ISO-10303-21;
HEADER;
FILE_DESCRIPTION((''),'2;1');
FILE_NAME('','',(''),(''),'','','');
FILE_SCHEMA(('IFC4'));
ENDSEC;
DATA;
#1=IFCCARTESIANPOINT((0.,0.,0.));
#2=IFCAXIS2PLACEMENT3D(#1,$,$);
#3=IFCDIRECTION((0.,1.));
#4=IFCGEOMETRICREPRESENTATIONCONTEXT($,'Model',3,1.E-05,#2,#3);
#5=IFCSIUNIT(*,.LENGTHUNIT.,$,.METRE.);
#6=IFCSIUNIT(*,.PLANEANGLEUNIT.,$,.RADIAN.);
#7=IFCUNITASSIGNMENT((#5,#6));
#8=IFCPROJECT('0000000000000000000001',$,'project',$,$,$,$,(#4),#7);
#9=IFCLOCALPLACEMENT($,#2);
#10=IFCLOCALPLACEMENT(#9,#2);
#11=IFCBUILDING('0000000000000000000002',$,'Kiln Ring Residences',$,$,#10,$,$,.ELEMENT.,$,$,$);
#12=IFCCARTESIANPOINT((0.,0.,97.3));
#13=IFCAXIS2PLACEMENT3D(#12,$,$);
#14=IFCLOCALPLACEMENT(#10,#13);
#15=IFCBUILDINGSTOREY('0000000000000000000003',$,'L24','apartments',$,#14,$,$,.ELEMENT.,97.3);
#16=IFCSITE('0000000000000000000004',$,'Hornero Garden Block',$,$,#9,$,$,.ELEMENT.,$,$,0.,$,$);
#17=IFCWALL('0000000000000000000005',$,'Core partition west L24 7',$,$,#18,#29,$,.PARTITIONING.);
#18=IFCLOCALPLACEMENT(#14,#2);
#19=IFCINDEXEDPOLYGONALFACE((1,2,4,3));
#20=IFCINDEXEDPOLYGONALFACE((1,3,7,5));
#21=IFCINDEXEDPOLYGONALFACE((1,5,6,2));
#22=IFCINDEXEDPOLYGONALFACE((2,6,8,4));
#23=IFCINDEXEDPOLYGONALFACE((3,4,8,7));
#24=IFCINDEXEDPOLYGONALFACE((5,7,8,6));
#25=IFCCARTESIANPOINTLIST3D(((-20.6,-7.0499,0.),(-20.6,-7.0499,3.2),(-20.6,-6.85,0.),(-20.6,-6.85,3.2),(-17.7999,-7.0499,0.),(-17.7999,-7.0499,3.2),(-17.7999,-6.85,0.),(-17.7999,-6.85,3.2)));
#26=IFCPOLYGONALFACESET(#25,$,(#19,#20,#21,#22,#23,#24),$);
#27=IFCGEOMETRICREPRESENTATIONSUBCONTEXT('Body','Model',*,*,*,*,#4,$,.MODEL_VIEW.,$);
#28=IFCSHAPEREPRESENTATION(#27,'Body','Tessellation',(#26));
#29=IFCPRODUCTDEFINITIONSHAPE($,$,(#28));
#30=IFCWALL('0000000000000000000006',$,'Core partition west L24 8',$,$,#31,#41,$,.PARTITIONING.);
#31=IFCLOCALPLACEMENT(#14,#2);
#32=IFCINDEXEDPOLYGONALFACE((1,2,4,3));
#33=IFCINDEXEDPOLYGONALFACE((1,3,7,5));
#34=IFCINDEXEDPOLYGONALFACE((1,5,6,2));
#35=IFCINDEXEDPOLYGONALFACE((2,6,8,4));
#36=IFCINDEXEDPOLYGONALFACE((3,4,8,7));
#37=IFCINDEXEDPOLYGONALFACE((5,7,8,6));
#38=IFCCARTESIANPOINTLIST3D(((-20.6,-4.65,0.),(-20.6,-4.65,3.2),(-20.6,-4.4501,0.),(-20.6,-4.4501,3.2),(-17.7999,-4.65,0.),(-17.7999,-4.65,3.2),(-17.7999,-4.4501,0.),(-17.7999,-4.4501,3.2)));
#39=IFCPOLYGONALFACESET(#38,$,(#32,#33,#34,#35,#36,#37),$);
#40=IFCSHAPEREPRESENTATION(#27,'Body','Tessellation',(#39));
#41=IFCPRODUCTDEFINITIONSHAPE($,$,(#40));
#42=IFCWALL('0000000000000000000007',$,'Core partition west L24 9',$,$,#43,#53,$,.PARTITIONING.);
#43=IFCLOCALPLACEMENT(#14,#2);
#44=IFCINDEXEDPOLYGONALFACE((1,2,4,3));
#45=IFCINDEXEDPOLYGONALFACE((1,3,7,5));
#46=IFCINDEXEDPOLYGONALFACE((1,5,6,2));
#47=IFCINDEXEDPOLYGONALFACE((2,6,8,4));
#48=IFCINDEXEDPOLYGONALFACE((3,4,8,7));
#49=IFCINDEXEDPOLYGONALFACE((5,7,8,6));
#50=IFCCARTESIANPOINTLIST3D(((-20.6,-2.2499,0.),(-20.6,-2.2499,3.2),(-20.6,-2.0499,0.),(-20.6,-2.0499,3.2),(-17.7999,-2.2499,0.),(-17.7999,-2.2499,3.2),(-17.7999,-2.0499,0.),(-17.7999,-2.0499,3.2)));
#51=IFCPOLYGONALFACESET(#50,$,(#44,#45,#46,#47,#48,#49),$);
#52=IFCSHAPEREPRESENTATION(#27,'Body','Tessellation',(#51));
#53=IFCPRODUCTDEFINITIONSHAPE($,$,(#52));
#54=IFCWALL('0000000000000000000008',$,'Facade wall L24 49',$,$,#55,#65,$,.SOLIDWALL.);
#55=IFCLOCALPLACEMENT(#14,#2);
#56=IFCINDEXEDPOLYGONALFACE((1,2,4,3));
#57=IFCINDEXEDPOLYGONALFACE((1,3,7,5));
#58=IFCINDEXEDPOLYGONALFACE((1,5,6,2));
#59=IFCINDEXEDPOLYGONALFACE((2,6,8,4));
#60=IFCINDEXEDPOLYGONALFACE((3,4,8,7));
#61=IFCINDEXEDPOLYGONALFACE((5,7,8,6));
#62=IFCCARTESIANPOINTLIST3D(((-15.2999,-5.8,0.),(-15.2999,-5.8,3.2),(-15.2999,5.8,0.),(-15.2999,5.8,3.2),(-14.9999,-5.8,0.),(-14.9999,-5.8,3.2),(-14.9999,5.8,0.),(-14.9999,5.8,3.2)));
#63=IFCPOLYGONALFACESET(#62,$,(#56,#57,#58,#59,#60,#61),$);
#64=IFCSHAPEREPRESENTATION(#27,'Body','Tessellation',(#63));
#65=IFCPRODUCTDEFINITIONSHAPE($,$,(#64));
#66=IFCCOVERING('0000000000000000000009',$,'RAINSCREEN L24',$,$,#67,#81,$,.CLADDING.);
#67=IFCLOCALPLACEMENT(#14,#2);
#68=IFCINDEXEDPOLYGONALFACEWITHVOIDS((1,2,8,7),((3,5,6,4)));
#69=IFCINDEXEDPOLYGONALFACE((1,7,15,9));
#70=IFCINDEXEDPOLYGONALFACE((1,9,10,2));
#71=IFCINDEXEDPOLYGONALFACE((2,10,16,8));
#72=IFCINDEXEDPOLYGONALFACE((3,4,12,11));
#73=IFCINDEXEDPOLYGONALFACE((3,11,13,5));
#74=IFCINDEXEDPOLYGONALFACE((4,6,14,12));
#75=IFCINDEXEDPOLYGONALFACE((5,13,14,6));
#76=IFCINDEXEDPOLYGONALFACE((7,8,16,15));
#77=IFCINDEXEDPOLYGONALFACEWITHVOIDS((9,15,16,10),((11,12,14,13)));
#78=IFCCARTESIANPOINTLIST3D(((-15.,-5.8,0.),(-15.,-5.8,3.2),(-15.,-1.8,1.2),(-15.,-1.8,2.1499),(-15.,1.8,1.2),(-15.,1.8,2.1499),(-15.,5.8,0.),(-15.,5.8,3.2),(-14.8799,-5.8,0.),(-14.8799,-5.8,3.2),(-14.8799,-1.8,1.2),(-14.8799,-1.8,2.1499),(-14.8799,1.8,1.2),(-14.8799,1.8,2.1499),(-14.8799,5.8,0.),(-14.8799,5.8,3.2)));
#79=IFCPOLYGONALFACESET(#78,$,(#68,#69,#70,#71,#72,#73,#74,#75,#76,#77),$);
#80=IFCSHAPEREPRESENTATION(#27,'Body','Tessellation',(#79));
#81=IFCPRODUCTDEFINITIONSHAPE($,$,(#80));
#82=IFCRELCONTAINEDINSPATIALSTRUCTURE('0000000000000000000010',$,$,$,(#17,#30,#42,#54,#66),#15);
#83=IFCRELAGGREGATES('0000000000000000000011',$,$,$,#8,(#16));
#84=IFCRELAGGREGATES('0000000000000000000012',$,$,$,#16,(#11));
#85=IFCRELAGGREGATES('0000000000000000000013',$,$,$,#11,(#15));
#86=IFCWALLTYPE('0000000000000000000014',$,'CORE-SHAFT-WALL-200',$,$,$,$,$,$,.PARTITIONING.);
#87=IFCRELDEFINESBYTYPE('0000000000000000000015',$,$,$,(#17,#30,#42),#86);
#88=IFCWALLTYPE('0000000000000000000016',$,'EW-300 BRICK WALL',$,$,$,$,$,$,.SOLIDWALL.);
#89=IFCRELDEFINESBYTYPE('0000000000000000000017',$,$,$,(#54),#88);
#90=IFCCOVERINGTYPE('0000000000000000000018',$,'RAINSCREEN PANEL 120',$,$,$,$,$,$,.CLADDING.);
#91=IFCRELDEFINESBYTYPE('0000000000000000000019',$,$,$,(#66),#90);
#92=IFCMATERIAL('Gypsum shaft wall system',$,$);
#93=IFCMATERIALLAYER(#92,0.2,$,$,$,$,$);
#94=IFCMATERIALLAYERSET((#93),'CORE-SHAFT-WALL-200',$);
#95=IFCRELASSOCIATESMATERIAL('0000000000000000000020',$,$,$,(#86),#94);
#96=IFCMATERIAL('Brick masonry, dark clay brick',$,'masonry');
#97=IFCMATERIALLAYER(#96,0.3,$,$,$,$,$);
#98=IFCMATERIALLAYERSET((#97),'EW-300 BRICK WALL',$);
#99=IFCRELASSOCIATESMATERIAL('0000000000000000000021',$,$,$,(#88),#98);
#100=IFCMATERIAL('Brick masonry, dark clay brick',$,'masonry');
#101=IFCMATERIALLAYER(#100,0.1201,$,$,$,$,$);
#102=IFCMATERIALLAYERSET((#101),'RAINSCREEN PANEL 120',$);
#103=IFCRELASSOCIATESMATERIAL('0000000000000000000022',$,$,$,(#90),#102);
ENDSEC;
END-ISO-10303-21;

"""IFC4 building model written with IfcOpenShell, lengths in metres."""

from ifc_helpers import new_model, si_unit, direction, frame, frame_2d, origin, place, context, subcontext, project, spatial, polyline, rectangle, outline, extrude, material, layer, layer_set, type_object, element, save


model = new_model("IFC4")

# Units and contexts
model_context = context("Model", 3, precision=1e-05, world=origin(), true_north=direction((0.0, 1.0)))
body_context = subcontext(model_context, "Body", "Model", "MODEL_VIEW")
ifc_project = project(units=[si_unit("LENGTHUNIT", "METRE"), si_unit("PLANEANGLEUNIT", "RADIAN")], contexts=[model_context])

# Site, building, storey
site_placement = place(None, origin())
site = spatial("IfcSite", under=ifc_project, at=site_placement, Name="Hornero Garden Block", CompositionType="ELEMENT", RefElevation=0.0)
building_placement = place(site_placement, origin())
building = spatial("IfcBuilding", under=site, at=building_placement, Name="Kiln Ring Residences", CompositionType="ELEMENT")
storey_placement = place(building_placement, frame((0.0, 0.0, 97.3)))
storey = spatial("IfcBuildingStorey", under=building, at=storey_placement, Name="L24", Description="apartments", CompositionType="ELEMENT", Elevation=97.3)

# Walls
ifc_material_1 = material(Name="Gypsum shaft wall system")
ifc_layer_1 = layer(ifc_material_1, 0.2)
ifc_layer_set_1 = layer_set([ifc_layer_1], Name="CORE-SHAFT-WALL-200")
wall_type_1 = type_object("IfcWallType", Name="CORE-SHAFT-WALL-200", PredefinedType="PARTITIONING", material=ifc_layer_set_1)
for number, where, z_axis, x_axis, name in (
    (1, (-17.8, -6.95, 0.0), (0.0, 0.0, 1.0), (-1.0, 0.0, 0.0), "Core partition west L24 7"),
    (2, (-17.8, -4.55, 0.0), (0.0, 0.0, 1.0), (-1.0, 0.0, 0.0), "Core partition west L24 8"),
    (3, (-17.8, -2.1499, 0.0), (0.0, 0.0, 1.0), (-1.0, 0.0, 0.0), "Core partition west L24 9"),
):
    element("IfcWall", number, at=place(storey_placement, frame(where, z_axis=z_axis, x_axis=x_axis)), inside=storey, type_object=wall_type_1, Name=name, PredefinedType="PARTITIONING", context=body_context, shape_type="SweptSolid", body=[
        extrude(rectangle(XDim=2.8, YDim=0.2, at=frame_2d((1.3999, 0.0))), origin(), (0.0, 0.0, 1.0), 3.2),
    ])
ifc_material_2 = material(Name="Brick masonry, dark clay brick", Category="masonry")
ifc_layer_2 = layer(ifc_material_2, 0.3)
ifc_layer_set_2 = layer_set([ifc_layer_2], Name="EW-300 BRICK WALL")
wall_type_2 = type_object("IfcWallType", Name="EW-300 BRICK WALL", PredefinedType="SOLIDWALL", material=ifc_layer_set_2)
wall_placement = place(storey_placement, frame((-15.1499, -5.8, 0.0), z_axis=(0.0, 0.0, 1.0), x_axis=(0.0, 1.0, 0.0)))
element("IfcWall", 4, at=wall_placement, inside=storey, type_object=wall_type_2, Name="Facade wall L24 49", PredefinedType="SOLIDWALL", context=body_context, shape_type="SweptSolid", body=[
    extrude(rectangle(XDim=11.6001, YDim=0.3, at=frame_2d((5.8, 0.0))), origin(), (0.0, 0.0, 1.0), 3.2),
])

# Covering
ifc_material_3 = material(Name="Brick masonry, dark clay brick", Category="masonry")
ifc_layer_3 = layer(ifc_material_3, 0.1201)
ifc_layer_set_3 = layer_set([ifc_layer_3], Name="RAINSCREEN PANEL 120")
covering_type = type_object("IfcCoveringType", Name="RAINSCREEN PANEL 120", PredefinedType="CLADDING", material=ifc_layer_set_3)
covering_placement = place(storey_placement, frame((-14.9399, -5.8, 0.0), z_axis=(0.0, 0.0, 1.0), x_axis=(0.0, 1.0, 0.0)))
element("IfcCovering", 5, at=covering_placement, inside=storey, type_object=covering_type, Name="RAINSCREEN L24", PredefinedType="CLADDING", context=body_context, shape_type="SweptSolid", body=[
    extrude(outline(polyline([(0.0, 0.0), (11.6001, 0.0), (11.6001, 3.2), (0.0, 3.2), (0.0, 0.0)]), holes=[polyline([(4.0, 2.1499), (4.0, 1.2), (7.6001, 1.2), (7.6001, 2.1499), (4.0, 2.1499)])]), frame((0.0, 0.0601, 0.0), z_axis=(0.0, -1.0, 0.0), x_axis=(1.0, 0.0, 0.0)), (0.0, 0.0, 1.0), 0.1201),
])

save(model, "model.ifc")
